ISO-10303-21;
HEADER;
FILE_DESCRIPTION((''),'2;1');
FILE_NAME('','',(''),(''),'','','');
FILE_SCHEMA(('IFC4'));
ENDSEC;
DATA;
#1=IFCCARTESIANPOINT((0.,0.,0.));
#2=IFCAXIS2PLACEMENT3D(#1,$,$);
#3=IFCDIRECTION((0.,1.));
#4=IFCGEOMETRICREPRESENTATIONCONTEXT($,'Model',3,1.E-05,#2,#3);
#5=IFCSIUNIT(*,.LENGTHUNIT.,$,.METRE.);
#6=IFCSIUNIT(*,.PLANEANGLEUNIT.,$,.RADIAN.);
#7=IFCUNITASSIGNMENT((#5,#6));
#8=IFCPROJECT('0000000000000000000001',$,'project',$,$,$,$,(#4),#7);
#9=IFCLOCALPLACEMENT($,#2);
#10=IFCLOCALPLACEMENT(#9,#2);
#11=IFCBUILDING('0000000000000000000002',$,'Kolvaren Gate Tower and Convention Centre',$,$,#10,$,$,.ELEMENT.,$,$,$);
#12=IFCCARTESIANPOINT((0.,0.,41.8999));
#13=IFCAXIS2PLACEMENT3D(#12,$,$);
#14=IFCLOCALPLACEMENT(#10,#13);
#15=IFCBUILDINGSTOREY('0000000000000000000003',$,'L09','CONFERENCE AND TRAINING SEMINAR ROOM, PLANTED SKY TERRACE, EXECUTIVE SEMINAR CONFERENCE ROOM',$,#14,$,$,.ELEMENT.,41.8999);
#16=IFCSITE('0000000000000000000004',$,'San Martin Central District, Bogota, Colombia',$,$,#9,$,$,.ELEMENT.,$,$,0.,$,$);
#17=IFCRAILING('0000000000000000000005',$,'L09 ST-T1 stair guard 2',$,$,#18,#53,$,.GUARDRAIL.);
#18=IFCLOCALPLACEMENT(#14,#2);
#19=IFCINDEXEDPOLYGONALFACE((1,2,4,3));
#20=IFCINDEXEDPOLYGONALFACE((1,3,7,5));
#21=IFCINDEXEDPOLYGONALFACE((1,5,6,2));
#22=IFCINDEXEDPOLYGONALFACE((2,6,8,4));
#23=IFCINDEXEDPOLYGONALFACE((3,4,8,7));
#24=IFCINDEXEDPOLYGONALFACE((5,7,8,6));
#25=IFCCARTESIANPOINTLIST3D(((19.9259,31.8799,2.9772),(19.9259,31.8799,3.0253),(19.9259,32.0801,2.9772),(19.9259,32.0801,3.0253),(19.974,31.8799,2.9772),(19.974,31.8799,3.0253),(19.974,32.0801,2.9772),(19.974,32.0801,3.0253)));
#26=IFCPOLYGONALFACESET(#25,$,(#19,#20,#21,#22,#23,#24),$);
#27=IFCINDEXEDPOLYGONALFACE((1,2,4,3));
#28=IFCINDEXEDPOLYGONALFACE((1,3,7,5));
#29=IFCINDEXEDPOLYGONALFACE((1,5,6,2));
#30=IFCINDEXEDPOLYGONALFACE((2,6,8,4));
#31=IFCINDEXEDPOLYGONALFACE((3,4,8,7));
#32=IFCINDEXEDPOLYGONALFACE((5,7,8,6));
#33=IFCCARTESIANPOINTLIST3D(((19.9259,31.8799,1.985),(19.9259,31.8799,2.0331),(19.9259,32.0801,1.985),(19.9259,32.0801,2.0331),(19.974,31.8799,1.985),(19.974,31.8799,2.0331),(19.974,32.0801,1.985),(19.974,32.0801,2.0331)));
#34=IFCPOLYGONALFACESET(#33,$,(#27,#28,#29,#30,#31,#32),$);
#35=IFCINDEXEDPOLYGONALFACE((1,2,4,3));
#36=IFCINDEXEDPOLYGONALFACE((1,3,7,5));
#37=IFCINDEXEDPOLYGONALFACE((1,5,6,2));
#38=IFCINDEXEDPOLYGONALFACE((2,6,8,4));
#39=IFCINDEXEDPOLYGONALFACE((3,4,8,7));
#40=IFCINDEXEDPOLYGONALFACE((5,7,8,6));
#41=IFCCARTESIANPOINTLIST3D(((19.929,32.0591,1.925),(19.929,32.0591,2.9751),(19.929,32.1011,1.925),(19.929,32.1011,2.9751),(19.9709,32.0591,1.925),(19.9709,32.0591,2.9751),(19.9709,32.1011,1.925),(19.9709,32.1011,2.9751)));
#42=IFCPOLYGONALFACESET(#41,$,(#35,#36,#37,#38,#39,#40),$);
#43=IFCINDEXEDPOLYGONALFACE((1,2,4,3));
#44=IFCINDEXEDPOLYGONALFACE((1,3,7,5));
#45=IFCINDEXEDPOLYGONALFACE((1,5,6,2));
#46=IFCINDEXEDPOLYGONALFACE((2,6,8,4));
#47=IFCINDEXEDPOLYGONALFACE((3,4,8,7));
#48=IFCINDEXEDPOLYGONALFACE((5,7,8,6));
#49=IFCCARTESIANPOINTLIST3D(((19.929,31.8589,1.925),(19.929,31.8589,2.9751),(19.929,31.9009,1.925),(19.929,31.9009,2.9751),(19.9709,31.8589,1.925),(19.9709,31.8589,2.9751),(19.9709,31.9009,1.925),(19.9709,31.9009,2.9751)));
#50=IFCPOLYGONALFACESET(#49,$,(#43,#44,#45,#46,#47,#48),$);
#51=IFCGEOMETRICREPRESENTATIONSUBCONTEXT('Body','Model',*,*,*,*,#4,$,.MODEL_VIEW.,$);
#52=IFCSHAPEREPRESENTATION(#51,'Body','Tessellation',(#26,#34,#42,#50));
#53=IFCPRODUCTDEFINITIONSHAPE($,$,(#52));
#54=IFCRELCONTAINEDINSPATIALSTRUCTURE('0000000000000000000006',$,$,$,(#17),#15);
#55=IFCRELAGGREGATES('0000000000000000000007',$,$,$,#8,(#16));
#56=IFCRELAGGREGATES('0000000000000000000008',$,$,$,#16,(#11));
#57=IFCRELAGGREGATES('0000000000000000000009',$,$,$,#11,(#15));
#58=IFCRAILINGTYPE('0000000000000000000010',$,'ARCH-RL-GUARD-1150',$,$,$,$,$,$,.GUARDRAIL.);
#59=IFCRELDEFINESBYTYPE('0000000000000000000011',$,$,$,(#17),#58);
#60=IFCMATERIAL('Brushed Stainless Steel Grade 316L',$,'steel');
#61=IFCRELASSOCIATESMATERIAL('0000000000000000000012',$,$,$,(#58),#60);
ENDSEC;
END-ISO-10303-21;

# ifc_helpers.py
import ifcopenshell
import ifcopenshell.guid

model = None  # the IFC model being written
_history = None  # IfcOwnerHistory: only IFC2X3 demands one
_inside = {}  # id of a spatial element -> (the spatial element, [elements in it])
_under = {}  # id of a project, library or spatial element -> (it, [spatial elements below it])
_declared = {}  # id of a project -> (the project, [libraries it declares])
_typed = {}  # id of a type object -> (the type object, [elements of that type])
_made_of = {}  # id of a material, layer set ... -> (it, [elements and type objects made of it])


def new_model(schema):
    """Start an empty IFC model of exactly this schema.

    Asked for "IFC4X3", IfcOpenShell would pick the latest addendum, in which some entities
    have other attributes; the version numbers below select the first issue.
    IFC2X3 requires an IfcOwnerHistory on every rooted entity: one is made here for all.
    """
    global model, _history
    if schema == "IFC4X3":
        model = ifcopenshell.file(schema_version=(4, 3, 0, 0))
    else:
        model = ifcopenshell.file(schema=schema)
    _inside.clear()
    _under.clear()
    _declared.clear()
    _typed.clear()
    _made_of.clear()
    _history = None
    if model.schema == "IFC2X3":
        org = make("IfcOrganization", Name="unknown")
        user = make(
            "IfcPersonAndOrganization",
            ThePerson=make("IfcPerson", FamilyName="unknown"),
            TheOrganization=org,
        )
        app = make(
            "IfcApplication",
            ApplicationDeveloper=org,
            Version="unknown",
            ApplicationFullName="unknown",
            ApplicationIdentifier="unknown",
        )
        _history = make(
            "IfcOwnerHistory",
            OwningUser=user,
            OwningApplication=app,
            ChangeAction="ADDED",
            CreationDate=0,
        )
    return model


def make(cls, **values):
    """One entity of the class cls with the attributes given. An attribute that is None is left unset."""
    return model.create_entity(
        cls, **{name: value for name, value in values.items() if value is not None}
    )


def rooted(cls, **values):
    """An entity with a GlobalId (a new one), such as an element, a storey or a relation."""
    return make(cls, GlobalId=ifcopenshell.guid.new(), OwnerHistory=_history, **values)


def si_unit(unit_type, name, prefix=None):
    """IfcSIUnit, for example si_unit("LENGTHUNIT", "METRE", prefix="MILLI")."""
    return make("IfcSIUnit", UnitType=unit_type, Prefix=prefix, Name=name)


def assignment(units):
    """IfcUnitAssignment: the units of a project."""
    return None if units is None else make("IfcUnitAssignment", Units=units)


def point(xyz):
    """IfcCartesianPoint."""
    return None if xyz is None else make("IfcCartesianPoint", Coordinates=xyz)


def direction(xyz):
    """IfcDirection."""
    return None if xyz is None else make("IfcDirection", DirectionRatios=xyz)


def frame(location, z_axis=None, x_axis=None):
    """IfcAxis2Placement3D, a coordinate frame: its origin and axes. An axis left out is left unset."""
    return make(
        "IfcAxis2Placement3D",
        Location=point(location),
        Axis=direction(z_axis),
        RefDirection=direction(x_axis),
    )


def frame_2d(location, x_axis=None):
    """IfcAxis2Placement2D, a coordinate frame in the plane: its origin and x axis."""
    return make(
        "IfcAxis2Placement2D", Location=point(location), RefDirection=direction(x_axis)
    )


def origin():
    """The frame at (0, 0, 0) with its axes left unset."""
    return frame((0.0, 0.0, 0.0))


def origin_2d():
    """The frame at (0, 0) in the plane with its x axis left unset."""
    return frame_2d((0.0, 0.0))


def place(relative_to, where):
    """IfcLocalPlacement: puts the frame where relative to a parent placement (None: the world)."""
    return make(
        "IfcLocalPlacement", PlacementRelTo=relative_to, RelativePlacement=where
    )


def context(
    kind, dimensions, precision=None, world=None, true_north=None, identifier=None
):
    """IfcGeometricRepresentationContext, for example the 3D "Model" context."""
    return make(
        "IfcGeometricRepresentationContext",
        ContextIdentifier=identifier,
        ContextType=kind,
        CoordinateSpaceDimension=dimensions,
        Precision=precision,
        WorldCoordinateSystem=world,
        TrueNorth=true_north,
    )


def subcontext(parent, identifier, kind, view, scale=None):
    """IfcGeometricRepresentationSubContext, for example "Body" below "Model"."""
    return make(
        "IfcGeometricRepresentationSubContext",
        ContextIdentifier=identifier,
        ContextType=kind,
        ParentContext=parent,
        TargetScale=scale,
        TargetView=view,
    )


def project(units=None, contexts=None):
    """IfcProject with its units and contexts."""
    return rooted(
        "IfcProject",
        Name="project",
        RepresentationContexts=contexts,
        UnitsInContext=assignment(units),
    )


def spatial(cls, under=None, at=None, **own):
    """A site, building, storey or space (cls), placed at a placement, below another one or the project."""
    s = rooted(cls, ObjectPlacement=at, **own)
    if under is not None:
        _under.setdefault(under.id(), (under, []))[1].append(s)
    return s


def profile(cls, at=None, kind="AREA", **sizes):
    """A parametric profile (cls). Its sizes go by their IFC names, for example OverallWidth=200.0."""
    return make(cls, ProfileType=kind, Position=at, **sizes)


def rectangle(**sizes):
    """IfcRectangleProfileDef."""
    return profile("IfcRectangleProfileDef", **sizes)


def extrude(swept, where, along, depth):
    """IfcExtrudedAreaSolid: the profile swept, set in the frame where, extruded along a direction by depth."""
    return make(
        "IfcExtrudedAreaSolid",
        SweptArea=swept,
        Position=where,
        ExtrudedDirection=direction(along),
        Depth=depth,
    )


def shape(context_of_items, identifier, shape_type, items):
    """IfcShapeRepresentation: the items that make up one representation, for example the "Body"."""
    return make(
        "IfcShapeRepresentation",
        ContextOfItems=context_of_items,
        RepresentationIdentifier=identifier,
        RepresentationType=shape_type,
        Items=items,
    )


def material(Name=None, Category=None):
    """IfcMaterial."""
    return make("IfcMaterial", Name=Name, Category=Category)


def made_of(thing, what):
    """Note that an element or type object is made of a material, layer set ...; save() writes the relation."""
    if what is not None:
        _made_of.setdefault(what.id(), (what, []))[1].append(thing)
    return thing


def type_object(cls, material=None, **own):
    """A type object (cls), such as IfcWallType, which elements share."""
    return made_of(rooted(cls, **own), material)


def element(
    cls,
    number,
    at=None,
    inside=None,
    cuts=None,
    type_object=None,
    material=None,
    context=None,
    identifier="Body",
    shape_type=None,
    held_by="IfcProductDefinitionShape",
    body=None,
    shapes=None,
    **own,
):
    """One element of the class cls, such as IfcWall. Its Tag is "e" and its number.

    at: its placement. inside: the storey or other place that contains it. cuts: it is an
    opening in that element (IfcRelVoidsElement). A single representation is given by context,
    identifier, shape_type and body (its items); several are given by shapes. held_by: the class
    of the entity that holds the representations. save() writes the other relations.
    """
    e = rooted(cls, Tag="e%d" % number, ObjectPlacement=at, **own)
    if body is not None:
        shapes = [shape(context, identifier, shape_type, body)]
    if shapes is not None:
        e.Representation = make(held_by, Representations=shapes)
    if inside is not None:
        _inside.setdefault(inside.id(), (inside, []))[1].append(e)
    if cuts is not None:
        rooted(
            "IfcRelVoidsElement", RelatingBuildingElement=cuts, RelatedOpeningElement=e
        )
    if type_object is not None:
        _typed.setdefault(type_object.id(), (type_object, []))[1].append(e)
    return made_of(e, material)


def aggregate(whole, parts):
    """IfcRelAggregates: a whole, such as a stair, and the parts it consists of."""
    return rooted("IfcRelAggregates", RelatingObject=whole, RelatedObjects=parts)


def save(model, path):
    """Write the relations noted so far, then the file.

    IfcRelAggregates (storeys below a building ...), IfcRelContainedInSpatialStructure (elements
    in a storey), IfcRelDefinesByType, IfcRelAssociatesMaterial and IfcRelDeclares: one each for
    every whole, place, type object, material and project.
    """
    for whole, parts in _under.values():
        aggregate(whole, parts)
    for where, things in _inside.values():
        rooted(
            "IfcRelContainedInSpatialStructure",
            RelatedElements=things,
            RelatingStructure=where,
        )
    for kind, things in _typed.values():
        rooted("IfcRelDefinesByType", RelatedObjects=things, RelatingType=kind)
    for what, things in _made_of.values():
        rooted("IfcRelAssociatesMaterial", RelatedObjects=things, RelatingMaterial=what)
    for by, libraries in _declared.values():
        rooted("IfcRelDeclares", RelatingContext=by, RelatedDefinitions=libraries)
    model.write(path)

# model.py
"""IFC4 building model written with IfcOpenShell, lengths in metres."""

from ifc_helpers import new_model, si_unit, direction, frame, origin, origin_2d, place, context, subcontext, project, spatial, rectangle, extrude, material, type_object, element, save


model = new_model("IFC4")

# Units and contexts
model_context = context("Model", 3, precision=1e-05, world=origin(), true_north=direction((0.0, 1.0)))
body_context = subcontext(model_context, "Body", "Model", "MODEL_VIEW")
ifc_project = project(units=[si_unit("LENGTHUNIT", "METRE"), si_unit("PLANEANGLEUNIT", "RADIAN")], contexts=[model_context])

# Site, building, storey
site_placement = place(None, origin())
site = spatial("IfcSite", under=ifc_project, at=site_placement, Name="San Martin Central District, Bogota, Colombia", CompositionType="ELEMENT", RefElevation=0.0)
building_placement = place(site_placement, origin())
building = spatial("IfcBuilding", under=site, at=building_placement, Name="Kolvaren Gate Tower and Convention Centre", CompositionType="ELEMENT")
storey_placement = place(building_placement, frame((0.0, 0.0, 41.8999)))
storey = spatial("IfcBuildingStorey", under=building, at=storey_placement, Name="L09", Description="CONFERENCE AND TRAINING SEMINAR ROOM, PLANTED SKY TERRACE, EXECUTIVE SEMINAR CONFERENCE ROOM", CompositionType="ELEMENT", Elevation=41.8999)

# Railing
ifc_material_1 = material(Name="Brushed Stainless Steel Grade 316L", Category="steel")
railing_type = type_object("IfcRailingType", Name="ARCH-RL-GUARD-1150", PredefinedType="GUARDRAIL", material=ifc_material_1)
railing_placement = place(storey_placement, frame((19.95, 32.0801, 1.925)))
element("IfcRailing", 1, at=railing_placement, inside=storey, type_object=railing_type, Name="L09 ST-T1 stair guard 2", PredefinedType="GUARDRAIL", context=body_context, shape_type="SweptSolid", body=[
    extrude(rectangle(XDim=0.0481, YDim=0.0481, at=origin_2d()), frame((0.0, 0.0, 1.0762), z_axis=(0.0, -1.0, 0.0), x_axis=(1.0, 0.0, 0.0)), (0.0, 0.0, 1.0), 0.2002),
    extrude(rectangle(XDim=0.0481, YDim=0.0481, at=origin_2d()), frame((0.0, 0.0, 0.084), z_axis=(0.0, -1.0, 0.0), x_axis=(1.0, 0.0, 0.0)), (0.0, 0.0, 1.0), 0.2002),
    extrude(rectangle(XDim=0.042, YDim=0.042, at=origin_2d()), origin(), (0.0, 0.0, 1.0), 1.05),
    extrude(rectangle(XDim=0.042, YDim=0.042, at=origin_2d()), frame((0.0, -0.2002, 0.0)), (0.0, 0.0, 1.0), 1.05),
])

save(model, "model.ifc")
